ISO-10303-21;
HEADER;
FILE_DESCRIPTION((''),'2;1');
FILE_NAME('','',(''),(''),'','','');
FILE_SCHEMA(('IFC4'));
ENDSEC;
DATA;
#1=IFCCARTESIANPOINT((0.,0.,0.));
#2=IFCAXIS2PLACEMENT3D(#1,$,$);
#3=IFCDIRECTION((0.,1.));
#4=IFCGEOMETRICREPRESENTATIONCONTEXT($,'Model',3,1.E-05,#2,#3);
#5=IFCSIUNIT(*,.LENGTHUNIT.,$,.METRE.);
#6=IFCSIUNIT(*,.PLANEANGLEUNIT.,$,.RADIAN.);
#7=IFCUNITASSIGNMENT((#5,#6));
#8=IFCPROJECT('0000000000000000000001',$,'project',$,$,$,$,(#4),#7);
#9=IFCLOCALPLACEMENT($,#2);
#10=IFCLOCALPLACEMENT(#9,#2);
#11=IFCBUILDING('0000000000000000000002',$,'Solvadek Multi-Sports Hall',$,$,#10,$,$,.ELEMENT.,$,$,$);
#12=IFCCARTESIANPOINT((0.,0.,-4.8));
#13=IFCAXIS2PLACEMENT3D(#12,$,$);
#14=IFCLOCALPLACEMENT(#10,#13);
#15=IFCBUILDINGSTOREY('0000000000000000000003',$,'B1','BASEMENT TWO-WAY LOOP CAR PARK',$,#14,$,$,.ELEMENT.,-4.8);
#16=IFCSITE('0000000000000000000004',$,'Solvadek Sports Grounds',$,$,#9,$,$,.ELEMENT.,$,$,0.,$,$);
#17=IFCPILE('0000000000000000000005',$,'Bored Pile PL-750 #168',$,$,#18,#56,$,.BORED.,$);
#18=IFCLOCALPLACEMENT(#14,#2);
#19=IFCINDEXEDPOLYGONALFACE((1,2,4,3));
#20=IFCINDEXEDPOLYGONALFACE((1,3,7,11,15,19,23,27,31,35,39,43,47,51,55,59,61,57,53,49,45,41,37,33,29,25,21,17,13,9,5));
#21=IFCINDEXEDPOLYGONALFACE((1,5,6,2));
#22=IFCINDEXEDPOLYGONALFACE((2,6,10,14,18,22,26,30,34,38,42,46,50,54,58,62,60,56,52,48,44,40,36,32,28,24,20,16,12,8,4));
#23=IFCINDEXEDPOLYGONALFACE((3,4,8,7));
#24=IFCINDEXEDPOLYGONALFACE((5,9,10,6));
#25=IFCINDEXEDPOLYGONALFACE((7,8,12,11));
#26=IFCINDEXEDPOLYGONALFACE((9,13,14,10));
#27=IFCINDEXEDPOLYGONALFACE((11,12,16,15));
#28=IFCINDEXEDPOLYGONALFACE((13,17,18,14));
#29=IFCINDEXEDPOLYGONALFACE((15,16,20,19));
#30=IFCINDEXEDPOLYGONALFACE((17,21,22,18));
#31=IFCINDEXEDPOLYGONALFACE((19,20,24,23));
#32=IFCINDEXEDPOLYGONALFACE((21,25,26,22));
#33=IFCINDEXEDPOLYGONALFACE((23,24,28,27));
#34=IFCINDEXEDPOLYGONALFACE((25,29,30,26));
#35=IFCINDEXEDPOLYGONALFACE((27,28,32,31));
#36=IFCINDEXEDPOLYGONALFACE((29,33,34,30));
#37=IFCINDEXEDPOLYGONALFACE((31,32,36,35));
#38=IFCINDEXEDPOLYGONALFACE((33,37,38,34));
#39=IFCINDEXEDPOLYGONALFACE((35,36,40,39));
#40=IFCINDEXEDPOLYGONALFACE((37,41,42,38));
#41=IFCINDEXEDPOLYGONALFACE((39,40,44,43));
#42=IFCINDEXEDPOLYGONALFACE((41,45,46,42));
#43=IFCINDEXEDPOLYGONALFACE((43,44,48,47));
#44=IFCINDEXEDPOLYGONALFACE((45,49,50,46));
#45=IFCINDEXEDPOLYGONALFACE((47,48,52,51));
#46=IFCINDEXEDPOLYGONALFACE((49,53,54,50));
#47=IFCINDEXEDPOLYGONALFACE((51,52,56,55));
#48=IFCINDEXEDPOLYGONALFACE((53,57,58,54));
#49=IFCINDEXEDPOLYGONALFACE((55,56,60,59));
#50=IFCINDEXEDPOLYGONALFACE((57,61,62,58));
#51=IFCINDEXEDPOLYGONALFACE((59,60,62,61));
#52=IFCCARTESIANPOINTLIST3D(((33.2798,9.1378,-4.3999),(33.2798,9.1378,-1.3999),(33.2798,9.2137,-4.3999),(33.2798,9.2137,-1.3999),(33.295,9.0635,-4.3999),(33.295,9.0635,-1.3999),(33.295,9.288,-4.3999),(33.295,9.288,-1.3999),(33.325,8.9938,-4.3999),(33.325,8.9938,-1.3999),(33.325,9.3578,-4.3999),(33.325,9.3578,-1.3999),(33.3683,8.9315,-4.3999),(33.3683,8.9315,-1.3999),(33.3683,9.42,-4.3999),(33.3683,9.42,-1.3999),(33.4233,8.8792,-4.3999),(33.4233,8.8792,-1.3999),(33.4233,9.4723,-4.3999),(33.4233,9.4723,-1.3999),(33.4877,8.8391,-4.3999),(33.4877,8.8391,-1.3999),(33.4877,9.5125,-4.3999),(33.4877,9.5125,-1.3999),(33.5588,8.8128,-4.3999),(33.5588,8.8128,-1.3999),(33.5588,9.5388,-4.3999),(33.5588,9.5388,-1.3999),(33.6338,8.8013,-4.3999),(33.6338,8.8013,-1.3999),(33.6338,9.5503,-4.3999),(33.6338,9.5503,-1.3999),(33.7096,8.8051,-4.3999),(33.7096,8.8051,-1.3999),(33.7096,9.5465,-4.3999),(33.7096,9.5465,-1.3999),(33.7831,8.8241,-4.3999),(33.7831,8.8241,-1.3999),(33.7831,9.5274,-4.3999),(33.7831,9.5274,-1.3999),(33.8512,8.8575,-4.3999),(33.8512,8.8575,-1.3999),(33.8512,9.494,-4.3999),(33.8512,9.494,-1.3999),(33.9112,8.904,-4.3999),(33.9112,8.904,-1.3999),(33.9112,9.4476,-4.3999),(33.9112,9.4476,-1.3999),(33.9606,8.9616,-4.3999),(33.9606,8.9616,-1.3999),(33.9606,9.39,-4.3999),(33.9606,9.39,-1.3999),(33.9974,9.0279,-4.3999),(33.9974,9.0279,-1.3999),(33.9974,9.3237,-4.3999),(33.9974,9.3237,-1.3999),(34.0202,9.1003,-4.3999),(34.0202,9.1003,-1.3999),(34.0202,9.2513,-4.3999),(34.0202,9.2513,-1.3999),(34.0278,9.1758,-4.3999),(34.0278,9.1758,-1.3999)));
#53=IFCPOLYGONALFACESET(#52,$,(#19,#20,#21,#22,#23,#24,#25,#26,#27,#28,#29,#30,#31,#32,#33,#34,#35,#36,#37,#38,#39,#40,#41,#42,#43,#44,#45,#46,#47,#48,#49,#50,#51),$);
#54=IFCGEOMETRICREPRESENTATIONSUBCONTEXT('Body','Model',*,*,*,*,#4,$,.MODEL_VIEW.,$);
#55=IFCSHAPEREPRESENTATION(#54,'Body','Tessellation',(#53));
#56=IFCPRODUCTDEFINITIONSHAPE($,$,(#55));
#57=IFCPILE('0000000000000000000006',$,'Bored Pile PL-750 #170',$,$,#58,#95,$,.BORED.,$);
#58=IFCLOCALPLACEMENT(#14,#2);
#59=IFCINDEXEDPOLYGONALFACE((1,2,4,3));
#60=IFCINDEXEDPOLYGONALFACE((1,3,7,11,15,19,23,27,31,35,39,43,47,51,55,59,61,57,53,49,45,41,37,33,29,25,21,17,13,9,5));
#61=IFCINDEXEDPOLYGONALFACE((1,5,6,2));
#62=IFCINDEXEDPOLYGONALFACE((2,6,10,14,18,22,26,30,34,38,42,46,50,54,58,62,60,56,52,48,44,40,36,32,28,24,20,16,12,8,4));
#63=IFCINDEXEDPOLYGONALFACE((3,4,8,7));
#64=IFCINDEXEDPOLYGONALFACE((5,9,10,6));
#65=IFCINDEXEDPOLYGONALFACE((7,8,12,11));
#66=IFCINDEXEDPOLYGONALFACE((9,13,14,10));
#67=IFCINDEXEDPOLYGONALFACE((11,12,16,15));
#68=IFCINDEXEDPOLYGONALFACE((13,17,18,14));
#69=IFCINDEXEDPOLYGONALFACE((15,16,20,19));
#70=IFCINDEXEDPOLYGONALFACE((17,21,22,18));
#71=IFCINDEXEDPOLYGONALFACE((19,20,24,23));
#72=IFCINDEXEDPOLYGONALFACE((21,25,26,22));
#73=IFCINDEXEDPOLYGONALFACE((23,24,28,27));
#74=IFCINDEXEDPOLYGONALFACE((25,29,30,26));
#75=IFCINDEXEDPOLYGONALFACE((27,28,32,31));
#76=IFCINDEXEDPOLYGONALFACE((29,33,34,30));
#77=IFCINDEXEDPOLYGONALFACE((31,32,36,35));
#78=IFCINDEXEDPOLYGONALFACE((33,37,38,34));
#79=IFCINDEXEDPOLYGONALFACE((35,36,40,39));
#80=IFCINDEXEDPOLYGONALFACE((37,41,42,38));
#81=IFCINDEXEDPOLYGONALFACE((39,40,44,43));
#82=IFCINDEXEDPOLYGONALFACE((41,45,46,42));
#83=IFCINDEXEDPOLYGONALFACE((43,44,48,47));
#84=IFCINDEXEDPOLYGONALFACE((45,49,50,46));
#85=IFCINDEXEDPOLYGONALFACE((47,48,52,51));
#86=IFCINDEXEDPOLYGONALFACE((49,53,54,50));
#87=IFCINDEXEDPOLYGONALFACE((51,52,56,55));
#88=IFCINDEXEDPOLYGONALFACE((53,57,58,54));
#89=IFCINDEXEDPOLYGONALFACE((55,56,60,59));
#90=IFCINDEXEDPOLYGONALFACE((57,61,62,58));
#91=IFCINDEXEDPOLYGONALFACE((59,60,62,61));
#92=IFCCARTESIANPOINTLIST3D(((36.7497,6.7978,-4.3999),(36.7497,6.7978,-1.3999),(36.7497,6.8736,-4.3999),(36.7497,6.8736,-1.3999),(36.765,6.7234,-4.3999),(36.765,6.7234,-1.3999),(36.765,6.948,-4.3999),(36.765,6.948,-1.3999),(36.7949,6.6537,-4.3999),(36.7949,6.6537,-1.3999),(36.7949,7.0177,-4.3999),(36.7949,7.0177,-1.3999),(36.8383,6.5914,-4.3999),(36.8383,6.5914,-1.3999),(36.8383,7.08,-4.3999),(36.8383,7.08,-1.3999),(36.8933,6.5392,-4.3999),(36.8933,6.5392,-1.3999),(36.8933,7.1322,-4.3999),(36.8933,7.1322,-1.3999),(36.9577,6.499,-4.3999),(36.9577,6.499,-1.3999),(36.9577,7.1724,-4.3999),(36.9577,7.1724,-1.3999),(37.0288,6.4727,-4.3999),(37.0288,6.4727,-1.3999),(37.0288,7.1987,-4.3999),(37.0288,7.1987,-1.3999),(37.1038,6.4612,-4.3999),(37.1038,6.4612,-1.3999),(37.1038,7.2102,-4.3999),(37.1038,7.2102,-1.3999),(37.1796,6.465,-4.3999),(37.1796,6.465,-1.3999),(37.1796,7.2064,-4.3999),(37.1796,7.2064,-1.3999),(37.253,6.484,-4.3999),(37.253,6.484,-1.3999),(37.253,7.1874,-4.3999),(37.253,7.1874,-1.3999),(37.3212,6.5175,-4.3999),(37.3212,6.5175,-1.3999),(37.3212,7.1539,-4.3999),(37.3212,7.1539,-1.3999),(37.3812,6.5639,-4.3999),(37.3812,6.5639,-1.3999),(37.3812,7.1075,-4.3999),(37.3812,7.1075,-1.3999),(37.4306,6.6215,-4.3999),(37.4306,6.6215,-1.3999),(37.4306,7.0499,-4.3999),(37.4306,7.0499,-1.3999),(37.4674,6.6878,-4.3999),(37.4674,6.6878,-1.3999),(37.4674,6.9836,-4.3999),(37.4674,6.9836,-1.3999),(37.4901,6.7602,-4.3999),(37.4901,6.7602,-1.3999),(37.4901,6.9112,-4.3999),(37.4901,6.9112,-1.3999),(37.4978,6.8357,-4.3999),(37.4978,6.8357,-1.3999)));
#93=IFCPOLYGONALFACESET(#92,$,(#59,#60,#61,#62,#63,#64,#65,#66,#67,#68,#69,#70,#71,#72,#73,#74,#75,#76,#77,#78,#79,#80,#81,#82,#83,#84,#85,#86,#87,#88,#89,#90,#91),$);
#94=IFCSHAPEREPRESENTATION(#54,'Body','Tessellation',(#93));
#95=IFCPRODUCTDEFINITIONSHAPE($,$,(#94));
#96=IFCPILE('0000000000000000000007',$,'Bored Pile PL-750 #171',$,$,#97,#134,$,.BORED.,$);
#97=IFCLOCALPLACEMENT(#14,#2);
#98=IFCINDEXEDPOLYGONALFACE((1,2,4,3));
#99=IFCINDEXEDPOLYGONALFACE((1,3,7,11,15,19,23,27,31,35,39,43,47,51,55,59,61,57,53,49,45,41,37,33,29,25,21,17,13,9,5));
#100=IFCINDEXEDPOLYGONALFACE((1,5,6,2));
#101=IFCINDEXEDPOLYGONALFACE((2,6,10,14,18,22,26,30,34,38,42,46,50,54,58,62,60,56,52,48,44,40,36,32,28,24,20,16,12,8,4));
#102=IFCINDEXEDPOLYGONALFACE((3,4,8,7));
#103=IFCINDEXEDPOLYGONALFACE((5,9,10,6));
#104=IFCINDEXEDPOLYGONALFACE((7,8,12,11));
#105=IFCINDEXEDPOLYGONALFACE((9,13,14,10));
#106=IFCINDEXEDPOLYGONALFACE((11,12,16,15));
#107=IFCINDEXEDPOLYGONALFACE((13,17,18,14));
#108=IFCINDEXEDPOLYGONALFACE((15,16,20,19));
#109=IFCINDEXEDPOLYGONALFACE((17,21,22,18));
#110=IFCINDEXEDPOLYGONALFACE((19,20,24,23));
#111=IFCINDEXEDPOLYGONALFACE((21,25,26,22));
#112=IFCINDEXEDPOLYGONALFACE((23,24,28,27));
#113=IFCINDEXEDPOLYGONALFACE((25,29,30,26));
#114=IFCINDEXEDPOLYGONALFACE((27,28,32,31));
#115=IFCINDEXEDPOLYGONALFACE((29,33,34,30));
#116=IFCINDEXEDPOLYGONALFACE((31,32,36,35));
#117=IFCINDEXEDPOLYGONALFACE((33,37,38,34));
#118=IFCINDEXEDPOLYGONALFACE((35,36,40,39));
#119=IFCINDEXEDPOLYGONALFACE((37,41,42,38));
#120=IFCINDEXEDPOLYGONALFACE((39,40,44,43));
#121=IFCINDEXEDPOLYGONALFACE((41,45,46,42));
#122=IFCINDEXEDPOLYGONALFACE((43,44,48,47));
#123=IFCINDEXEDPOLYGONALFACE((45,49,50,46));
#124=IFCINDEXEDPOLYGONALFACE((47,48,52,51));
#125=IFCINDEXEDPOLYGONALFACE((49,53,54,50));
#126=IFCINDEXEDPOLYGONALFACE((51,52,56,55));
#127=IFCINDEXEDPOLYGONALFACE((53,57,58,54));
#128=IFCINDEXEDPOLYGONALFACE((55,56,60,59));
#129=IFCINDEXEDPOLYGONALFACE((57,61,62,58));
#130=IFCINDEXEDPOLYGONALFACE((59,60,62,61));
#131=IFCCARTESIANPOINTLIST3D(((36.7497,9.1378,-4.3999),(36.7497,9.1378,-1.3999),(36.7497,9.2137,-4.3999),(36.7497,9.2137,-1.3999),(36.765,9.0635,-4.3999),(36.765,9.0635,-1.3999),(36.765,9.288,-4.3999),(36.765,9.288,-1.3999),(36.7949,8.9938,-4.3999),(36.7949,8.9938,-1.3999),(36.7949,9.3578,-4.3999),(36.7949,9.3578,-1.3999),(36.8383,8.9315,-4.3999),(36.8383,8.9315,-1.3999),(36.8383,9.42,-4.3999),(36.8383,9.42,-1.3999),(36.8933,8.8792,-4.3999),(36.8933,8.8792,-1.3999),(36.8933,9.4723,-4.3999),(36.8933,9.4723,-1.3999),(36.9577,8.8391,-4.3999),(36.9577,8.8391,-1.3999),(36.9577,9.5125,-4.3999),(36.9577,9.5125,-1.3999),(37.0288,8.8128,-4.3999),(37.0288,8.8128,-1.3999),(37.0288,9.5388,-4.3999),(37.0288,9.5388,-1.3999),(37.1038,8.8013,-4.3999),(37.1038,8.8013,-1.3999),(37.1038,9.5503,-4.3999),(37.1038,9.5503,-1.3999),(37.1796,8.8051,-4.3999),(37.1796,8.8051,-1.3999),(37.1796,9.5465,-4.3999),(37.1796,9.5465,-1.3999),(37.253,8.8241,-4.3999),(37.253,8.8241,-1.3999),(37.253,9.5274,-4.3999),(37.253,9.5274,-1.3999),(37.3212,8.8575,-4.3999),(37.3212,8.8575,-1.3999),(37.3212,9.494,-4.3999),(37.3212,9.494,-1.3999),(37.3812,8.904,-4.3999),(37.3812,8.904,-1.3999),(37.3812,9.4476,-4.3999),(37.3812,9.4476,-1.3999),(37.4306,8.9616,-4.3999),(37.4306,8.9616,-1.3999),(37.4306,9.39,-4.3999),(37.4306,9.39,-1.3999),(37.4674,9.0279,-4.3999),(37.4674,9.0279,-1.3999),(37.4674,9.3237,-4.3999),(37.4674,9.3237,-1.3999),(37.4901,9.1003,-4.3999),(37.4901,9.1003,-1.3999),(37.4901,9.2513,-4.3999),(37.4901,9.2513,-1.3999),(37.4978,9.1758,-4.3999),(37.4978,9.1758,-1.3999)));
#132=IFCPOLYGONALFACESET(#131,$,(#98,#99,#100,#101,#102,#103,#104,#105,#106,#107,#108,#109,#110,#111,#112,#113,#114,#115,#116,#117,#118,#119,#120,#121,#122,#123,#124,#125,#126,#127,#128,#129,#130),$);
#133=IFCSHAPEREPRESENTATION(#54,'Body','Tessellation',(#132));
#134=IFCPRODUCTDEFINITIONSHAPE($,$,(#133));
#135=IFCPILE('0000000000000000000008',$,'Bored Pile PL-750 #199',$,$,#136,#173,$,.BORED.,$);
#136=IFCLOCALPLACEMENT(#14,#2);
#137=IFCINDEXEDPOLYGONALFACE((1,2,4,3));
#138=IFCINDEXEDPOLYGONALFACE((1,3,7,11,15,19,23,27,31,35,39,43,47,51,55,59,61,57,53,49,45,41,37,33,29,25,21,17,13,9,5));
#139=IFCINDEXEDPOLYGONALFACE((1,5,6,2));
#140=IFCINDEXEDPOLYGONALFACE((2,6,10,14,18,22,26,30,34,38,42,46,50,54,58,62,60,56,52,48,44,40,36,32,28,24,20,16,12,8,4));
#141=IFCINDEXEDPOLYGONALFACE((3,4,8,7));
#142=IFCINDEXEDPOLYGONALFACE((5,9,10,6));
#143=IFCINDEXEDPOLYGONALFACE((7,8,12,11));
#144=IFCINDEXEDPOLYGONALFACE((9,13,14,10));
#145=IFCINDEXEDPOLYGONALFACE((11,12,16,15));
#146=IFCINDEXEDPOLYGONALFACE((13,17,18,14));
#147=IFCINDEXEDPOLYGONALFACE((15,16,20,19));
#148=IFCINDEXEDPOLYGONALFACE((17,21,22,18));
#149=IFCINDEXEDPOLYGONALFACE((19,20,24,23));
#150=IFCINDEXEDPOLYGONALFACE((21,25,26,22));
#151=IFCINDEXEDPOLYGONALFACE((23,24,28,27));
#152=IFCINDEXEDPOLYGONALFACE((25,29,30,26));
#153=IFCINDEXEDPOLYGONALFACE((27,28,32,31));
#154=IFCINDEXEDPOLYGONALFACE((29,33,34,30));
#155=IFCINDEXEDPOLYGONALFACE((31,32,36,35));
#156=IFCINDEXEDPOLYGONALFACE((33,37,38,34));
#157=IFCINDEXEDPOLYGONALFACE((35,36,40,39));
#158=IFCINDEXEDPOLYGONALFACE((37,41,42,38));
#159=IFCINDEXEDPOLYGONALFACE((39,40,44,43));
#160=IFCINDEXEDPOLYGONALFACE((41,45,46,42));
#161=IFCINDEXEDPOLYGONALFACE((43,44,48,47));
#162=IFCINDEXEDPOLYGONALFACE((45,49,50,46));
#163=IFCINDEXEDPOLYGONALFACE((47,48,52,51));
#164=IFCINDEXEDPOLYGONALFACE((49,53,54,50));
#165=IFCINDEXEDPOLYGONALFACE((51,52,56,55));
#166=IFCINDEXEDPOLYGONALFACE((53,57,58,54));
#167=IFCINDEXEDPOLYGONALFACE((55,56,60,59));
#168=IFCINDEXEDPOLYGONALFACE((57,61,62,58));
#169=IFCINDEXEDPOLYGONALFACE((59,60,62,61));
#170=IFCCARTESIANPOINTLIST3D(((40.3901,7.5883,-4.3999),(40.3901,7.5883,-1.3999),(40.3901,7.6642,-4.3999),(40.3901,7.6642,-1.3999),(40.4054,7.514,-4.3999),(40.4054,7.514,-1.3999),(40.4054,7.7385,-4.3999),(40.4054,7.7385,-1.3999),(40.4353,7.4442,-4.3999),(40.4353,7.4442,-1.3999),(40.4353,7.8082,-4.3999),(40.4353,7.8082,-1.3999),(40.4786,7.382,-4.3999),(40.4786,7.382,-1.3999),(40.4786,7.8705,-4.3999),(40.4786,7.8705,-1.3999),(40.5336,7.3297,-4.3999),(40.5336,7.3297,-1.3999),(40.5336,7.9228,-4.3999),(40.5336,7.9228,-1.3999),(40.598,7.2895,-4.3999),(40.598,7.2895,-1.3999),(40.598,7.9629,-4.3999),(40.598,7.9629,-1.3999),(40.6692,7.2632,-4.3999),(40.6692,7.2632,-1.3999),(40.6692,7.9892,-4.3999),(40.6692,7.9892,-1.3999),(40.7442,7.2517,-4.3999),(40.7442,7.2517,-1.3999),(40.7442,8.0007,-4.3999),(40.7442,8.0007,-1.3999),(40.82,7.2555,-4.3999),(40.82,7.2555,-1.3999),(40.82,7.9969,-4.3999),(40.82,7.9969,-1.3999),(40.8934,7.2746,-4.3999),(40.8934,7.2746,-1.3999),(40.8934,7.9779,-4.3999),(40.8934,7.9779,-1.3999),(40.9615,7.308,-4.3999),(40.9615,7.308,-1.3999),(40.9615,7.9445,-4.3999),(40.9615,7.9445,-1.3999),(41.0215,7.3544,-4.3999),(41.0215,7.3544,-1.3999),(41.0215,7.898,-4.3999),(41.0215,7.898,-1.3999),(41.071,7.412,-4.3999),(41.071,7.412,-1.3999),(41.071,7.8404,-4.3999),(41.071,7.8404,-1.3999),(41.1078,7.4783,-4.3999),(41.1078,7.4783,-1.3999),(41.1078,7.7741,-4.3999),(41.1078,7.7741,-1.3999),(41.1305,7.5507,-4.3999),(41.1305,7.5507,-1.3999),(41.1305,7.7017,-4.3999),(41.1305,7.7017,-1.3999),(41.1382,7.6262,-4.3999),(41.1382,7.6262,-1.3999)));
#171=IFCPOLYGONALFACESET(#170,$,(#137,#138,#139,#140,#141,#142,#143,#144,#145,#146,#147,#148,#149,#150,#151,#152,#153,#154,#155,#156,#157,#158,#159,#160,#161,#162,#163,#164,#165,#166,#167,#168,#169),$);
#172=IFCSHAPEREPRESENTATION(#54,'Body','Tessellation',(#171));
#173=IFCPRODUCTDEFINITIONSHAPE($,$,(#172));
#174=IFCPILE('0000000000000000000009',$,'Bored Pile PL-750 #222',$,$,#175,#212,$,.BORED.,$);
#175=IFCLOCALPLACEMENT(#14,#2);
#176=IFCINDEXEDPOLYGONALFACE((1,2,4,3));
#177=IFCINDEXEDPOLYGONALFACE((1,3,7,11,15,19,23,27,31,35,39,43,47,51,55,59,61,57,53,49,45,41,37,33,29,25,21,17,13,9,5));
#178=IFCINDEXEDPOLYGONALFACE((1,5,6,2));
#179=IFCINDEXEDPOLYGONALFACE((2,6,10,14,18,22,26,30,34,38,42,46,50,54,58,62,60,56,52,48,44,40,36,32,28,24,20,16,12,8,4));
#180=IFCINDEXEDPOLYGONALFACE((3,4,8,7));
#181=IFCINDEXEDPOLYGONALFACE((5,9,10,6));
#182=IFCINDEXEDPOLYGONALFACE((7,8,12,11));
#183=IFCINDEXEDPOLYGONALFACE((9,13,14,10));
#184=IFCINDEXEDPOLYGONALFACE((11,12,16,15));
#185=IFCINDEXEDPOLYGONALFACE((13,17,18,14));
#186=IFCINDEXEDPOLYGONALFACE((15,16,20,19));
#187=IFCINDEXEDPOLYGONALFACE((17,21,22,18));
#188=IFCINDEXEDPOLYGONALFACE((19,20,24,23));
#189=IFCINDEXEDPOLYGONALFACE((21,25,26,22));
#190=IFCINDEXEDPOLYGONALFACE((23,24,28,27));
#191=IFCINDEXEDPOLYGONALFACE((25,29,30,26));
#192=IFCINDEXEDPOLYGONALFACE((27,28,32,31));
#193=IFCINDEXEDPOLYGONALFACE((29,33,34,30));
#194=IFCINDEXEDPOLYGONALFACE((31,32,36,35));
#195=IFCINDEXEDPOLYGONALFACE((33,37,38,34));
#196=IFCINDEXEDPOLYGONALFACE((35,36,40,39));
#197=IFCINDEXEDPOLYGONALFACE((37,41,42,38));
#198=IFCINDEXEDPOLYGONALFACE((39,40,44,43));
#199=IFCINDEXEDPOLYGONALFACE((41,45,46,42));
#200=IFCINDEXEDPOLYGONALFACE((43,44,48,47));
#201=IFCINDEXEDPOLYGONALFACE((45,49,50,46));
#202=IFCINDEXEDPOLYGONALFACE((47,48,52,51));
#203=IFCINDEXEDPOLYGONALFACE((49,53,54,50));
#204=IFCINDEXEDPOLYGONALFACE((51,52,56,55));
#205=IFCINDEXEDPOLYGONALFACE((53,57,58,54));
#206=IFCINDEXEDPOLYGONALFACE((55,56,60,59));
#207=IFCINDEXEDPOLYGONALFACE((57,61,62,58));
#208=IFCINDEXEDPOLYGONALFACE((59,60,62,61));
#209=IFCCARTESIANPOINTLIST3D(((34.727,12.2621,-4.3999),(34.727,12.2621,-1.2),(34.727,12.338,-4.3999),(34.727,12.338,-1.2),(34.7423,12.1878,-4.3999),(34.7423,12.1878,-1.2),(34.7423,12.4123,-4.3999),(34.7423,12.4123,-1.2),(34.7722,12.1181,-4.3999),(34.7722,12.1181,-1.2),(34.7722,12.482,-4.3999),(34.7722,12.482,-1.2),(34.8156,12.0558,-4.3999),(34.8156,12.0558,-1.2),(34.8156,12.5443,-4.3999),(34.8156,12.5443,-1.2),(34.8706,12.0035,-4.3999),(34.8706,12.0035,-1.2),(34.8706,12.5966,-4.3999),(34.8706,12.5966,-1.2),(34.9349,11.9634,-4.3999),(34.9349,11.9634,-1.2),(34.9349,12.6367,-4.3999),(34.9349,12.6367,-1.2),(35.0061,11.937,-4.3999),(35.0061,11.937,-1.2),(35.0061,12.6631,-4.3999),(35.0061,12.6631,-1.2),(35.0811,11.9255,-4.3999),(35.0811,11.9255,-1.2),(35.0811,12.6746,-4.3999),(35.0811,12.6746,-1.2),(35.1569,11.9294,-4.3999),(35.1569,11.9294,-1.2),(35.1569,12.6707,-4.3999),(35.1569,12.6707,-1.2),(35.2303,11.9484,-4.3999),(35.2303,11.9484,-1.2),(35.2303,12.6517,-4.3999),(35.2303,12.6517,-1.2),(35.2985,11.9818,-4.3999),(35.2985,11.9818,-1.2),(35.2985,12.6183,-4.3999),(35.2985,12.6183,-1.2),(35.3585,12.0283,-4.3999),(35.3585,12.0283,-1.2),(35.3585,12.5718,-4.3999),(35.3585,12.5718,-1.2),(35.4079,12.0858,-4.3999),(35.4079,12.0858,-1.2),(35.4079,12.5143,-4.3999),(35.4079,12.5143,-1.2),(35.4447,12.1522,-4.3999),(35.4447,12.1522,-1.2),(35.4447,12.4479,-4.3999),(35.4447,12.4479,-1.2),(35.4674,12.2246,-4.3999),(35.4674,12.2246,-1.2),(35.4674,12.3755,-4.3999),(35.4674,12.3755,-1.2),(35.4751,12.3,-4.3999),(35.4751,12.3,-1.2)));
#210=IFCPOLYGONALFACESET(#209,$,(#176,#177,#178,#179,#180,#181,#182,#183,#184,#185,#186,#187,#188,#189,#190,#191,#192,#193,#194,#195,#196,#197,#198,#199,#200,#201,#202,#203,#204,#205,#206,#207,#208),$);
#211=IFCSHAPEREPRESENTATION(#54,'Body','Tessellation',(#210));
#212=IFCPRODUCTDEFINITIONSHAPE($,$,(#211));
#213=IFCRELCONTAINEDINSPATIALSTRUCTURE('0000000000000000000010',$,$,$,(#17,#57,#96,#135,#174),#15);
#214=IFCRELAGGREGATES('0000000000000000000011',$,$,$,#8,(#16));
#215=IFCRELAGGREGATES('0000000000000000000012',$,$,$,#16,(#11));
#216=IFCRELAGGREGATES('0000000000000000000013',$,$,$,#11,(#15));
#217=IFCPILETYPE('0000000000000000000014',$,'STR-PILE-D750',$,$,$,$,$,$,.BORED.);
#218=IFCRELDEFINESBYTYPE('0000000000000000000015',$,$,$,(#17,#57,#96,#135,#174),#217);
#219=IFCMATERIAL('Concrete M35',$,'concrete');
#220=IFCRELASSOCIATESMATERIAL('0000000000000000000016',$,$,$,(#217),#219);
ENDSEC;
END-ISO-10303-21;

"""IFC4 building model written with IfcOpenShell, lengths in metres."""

from ifc_helpers import new_model, si_unit, direction, frame, origin, origin_2d, place, context, subcontext, project, spatial, circle, extrude, material, material_profile, profile_set, type_object, element, save


model = new_model("IFC4")

# Units and contexts
model_context = context("Model", 3, precision=1e-05, world=origin(), true_north=direction((0.0, 1.0)))
body_context = subcontext(model_context, "Body", "Model", "MODEL_VIEW")
ifc_project = project(units=[si_unit("LENGTHUNIT", "METRE"), si_unit("PLANEANGLEUNIT", "RADIAN")], contexts=[model_context])

# Site, building, storey
site_placement = place(None, origin())
site = spatial("IfcSite", under=ifc_project, at=site_placement, Name="Solvadek Sports Grounds", CompositionType="ELEMENT", RefElevation=0.0)
building_placement = place(site_placement, origin())
building = spatial("IfcBuilding", under=site, at=building_placement, Name="Solvadek Multi-Sports Hall", CompositionType="ELEMENT")
storey_placement = place(building_placement, frame((0.0, 0.0, -4.8)))
storey = spatial("IfcBuildingStorey", under=building, at=storey_placement, Name="B1", Description="BASEMENT TWO-WAY LOOP CAR PARK", CompositionType="ELEMENT", Elevation=-4.8)

# Piles
ifc_material_1 = material(Name="Concrete M35", Category="concrete")
ifc_material_profile_1 = material_profile(ifc_material_1, circle(Radius=0.375, at=origin_2d()), Name="BORED PILE D750")
ifc_profile_set_1 = profile_set([ifc_material_profile_1], Name="Concrete M35")
pile_type_1 = type_object("IfcPileType", Name="STR-PILE-D750", PredefinedType="BORED", material=ifc_profile_set_1)
for number, where, z_axis, x_axis, name in (
    (1, (33.6528, 9.1758, -1.3999), (0.0, 0.0, -1.0), (1.0, 0.0, 0.0), "Bored Pile PL-750 #168"),
    (2, (37.1228, 6.8357, -1.3999), (0.0, 0.0, -1.0), (1.0, 0.0, 0.0), "Bored Pile PL-750 #170"),
    (3, (37.1228, 9.1758, -1.3999), (0.0, 0.0, -1.0), (1.0, 0.0, 0.0), "Bored Pile PL-750 #171"),
    (4, (40.7632, 7.6262, -1.3999), (0.0, 0.0, -1.0), (1.0, 0.0, 0.0), "Bored Pile PL-750 #199"),
):
    element("IfcPile", number, at=place(storey_placement, frame(where, z_axis=z_axis, x_axis=x_axis)), inside=storey, type_object=pile_type_1, Name=name, PredefinedType="BORED", context=body_context, shape_type="SweptSolid", body=[
        extrude(circle(Radius=0.375, at=origin_2d()), origin(), (0.0, 0.0, 1.0), 3.0),
    ])
pile_1_placement = place(storey_placement, frame((35.1001, 12.3, -1.2), z_axis=(0.0, 0.0, -1.0), x_axis=(1.0, 0.0, 0.0)))
element("IfcPile", 5, at=pile_1_placement, inside=storey, type_object=pile_type_1, Name="Bored Pile PL-750 #222", PredefinedType="BORED", context=body_context, shape_type="SweptSolid", body=[
    extrude(circle(Radius=0.375, at=origin_2d()), origin(), (0.0, 0.0, 1.0), 3.2),
])

save(model, "model.ifc")
